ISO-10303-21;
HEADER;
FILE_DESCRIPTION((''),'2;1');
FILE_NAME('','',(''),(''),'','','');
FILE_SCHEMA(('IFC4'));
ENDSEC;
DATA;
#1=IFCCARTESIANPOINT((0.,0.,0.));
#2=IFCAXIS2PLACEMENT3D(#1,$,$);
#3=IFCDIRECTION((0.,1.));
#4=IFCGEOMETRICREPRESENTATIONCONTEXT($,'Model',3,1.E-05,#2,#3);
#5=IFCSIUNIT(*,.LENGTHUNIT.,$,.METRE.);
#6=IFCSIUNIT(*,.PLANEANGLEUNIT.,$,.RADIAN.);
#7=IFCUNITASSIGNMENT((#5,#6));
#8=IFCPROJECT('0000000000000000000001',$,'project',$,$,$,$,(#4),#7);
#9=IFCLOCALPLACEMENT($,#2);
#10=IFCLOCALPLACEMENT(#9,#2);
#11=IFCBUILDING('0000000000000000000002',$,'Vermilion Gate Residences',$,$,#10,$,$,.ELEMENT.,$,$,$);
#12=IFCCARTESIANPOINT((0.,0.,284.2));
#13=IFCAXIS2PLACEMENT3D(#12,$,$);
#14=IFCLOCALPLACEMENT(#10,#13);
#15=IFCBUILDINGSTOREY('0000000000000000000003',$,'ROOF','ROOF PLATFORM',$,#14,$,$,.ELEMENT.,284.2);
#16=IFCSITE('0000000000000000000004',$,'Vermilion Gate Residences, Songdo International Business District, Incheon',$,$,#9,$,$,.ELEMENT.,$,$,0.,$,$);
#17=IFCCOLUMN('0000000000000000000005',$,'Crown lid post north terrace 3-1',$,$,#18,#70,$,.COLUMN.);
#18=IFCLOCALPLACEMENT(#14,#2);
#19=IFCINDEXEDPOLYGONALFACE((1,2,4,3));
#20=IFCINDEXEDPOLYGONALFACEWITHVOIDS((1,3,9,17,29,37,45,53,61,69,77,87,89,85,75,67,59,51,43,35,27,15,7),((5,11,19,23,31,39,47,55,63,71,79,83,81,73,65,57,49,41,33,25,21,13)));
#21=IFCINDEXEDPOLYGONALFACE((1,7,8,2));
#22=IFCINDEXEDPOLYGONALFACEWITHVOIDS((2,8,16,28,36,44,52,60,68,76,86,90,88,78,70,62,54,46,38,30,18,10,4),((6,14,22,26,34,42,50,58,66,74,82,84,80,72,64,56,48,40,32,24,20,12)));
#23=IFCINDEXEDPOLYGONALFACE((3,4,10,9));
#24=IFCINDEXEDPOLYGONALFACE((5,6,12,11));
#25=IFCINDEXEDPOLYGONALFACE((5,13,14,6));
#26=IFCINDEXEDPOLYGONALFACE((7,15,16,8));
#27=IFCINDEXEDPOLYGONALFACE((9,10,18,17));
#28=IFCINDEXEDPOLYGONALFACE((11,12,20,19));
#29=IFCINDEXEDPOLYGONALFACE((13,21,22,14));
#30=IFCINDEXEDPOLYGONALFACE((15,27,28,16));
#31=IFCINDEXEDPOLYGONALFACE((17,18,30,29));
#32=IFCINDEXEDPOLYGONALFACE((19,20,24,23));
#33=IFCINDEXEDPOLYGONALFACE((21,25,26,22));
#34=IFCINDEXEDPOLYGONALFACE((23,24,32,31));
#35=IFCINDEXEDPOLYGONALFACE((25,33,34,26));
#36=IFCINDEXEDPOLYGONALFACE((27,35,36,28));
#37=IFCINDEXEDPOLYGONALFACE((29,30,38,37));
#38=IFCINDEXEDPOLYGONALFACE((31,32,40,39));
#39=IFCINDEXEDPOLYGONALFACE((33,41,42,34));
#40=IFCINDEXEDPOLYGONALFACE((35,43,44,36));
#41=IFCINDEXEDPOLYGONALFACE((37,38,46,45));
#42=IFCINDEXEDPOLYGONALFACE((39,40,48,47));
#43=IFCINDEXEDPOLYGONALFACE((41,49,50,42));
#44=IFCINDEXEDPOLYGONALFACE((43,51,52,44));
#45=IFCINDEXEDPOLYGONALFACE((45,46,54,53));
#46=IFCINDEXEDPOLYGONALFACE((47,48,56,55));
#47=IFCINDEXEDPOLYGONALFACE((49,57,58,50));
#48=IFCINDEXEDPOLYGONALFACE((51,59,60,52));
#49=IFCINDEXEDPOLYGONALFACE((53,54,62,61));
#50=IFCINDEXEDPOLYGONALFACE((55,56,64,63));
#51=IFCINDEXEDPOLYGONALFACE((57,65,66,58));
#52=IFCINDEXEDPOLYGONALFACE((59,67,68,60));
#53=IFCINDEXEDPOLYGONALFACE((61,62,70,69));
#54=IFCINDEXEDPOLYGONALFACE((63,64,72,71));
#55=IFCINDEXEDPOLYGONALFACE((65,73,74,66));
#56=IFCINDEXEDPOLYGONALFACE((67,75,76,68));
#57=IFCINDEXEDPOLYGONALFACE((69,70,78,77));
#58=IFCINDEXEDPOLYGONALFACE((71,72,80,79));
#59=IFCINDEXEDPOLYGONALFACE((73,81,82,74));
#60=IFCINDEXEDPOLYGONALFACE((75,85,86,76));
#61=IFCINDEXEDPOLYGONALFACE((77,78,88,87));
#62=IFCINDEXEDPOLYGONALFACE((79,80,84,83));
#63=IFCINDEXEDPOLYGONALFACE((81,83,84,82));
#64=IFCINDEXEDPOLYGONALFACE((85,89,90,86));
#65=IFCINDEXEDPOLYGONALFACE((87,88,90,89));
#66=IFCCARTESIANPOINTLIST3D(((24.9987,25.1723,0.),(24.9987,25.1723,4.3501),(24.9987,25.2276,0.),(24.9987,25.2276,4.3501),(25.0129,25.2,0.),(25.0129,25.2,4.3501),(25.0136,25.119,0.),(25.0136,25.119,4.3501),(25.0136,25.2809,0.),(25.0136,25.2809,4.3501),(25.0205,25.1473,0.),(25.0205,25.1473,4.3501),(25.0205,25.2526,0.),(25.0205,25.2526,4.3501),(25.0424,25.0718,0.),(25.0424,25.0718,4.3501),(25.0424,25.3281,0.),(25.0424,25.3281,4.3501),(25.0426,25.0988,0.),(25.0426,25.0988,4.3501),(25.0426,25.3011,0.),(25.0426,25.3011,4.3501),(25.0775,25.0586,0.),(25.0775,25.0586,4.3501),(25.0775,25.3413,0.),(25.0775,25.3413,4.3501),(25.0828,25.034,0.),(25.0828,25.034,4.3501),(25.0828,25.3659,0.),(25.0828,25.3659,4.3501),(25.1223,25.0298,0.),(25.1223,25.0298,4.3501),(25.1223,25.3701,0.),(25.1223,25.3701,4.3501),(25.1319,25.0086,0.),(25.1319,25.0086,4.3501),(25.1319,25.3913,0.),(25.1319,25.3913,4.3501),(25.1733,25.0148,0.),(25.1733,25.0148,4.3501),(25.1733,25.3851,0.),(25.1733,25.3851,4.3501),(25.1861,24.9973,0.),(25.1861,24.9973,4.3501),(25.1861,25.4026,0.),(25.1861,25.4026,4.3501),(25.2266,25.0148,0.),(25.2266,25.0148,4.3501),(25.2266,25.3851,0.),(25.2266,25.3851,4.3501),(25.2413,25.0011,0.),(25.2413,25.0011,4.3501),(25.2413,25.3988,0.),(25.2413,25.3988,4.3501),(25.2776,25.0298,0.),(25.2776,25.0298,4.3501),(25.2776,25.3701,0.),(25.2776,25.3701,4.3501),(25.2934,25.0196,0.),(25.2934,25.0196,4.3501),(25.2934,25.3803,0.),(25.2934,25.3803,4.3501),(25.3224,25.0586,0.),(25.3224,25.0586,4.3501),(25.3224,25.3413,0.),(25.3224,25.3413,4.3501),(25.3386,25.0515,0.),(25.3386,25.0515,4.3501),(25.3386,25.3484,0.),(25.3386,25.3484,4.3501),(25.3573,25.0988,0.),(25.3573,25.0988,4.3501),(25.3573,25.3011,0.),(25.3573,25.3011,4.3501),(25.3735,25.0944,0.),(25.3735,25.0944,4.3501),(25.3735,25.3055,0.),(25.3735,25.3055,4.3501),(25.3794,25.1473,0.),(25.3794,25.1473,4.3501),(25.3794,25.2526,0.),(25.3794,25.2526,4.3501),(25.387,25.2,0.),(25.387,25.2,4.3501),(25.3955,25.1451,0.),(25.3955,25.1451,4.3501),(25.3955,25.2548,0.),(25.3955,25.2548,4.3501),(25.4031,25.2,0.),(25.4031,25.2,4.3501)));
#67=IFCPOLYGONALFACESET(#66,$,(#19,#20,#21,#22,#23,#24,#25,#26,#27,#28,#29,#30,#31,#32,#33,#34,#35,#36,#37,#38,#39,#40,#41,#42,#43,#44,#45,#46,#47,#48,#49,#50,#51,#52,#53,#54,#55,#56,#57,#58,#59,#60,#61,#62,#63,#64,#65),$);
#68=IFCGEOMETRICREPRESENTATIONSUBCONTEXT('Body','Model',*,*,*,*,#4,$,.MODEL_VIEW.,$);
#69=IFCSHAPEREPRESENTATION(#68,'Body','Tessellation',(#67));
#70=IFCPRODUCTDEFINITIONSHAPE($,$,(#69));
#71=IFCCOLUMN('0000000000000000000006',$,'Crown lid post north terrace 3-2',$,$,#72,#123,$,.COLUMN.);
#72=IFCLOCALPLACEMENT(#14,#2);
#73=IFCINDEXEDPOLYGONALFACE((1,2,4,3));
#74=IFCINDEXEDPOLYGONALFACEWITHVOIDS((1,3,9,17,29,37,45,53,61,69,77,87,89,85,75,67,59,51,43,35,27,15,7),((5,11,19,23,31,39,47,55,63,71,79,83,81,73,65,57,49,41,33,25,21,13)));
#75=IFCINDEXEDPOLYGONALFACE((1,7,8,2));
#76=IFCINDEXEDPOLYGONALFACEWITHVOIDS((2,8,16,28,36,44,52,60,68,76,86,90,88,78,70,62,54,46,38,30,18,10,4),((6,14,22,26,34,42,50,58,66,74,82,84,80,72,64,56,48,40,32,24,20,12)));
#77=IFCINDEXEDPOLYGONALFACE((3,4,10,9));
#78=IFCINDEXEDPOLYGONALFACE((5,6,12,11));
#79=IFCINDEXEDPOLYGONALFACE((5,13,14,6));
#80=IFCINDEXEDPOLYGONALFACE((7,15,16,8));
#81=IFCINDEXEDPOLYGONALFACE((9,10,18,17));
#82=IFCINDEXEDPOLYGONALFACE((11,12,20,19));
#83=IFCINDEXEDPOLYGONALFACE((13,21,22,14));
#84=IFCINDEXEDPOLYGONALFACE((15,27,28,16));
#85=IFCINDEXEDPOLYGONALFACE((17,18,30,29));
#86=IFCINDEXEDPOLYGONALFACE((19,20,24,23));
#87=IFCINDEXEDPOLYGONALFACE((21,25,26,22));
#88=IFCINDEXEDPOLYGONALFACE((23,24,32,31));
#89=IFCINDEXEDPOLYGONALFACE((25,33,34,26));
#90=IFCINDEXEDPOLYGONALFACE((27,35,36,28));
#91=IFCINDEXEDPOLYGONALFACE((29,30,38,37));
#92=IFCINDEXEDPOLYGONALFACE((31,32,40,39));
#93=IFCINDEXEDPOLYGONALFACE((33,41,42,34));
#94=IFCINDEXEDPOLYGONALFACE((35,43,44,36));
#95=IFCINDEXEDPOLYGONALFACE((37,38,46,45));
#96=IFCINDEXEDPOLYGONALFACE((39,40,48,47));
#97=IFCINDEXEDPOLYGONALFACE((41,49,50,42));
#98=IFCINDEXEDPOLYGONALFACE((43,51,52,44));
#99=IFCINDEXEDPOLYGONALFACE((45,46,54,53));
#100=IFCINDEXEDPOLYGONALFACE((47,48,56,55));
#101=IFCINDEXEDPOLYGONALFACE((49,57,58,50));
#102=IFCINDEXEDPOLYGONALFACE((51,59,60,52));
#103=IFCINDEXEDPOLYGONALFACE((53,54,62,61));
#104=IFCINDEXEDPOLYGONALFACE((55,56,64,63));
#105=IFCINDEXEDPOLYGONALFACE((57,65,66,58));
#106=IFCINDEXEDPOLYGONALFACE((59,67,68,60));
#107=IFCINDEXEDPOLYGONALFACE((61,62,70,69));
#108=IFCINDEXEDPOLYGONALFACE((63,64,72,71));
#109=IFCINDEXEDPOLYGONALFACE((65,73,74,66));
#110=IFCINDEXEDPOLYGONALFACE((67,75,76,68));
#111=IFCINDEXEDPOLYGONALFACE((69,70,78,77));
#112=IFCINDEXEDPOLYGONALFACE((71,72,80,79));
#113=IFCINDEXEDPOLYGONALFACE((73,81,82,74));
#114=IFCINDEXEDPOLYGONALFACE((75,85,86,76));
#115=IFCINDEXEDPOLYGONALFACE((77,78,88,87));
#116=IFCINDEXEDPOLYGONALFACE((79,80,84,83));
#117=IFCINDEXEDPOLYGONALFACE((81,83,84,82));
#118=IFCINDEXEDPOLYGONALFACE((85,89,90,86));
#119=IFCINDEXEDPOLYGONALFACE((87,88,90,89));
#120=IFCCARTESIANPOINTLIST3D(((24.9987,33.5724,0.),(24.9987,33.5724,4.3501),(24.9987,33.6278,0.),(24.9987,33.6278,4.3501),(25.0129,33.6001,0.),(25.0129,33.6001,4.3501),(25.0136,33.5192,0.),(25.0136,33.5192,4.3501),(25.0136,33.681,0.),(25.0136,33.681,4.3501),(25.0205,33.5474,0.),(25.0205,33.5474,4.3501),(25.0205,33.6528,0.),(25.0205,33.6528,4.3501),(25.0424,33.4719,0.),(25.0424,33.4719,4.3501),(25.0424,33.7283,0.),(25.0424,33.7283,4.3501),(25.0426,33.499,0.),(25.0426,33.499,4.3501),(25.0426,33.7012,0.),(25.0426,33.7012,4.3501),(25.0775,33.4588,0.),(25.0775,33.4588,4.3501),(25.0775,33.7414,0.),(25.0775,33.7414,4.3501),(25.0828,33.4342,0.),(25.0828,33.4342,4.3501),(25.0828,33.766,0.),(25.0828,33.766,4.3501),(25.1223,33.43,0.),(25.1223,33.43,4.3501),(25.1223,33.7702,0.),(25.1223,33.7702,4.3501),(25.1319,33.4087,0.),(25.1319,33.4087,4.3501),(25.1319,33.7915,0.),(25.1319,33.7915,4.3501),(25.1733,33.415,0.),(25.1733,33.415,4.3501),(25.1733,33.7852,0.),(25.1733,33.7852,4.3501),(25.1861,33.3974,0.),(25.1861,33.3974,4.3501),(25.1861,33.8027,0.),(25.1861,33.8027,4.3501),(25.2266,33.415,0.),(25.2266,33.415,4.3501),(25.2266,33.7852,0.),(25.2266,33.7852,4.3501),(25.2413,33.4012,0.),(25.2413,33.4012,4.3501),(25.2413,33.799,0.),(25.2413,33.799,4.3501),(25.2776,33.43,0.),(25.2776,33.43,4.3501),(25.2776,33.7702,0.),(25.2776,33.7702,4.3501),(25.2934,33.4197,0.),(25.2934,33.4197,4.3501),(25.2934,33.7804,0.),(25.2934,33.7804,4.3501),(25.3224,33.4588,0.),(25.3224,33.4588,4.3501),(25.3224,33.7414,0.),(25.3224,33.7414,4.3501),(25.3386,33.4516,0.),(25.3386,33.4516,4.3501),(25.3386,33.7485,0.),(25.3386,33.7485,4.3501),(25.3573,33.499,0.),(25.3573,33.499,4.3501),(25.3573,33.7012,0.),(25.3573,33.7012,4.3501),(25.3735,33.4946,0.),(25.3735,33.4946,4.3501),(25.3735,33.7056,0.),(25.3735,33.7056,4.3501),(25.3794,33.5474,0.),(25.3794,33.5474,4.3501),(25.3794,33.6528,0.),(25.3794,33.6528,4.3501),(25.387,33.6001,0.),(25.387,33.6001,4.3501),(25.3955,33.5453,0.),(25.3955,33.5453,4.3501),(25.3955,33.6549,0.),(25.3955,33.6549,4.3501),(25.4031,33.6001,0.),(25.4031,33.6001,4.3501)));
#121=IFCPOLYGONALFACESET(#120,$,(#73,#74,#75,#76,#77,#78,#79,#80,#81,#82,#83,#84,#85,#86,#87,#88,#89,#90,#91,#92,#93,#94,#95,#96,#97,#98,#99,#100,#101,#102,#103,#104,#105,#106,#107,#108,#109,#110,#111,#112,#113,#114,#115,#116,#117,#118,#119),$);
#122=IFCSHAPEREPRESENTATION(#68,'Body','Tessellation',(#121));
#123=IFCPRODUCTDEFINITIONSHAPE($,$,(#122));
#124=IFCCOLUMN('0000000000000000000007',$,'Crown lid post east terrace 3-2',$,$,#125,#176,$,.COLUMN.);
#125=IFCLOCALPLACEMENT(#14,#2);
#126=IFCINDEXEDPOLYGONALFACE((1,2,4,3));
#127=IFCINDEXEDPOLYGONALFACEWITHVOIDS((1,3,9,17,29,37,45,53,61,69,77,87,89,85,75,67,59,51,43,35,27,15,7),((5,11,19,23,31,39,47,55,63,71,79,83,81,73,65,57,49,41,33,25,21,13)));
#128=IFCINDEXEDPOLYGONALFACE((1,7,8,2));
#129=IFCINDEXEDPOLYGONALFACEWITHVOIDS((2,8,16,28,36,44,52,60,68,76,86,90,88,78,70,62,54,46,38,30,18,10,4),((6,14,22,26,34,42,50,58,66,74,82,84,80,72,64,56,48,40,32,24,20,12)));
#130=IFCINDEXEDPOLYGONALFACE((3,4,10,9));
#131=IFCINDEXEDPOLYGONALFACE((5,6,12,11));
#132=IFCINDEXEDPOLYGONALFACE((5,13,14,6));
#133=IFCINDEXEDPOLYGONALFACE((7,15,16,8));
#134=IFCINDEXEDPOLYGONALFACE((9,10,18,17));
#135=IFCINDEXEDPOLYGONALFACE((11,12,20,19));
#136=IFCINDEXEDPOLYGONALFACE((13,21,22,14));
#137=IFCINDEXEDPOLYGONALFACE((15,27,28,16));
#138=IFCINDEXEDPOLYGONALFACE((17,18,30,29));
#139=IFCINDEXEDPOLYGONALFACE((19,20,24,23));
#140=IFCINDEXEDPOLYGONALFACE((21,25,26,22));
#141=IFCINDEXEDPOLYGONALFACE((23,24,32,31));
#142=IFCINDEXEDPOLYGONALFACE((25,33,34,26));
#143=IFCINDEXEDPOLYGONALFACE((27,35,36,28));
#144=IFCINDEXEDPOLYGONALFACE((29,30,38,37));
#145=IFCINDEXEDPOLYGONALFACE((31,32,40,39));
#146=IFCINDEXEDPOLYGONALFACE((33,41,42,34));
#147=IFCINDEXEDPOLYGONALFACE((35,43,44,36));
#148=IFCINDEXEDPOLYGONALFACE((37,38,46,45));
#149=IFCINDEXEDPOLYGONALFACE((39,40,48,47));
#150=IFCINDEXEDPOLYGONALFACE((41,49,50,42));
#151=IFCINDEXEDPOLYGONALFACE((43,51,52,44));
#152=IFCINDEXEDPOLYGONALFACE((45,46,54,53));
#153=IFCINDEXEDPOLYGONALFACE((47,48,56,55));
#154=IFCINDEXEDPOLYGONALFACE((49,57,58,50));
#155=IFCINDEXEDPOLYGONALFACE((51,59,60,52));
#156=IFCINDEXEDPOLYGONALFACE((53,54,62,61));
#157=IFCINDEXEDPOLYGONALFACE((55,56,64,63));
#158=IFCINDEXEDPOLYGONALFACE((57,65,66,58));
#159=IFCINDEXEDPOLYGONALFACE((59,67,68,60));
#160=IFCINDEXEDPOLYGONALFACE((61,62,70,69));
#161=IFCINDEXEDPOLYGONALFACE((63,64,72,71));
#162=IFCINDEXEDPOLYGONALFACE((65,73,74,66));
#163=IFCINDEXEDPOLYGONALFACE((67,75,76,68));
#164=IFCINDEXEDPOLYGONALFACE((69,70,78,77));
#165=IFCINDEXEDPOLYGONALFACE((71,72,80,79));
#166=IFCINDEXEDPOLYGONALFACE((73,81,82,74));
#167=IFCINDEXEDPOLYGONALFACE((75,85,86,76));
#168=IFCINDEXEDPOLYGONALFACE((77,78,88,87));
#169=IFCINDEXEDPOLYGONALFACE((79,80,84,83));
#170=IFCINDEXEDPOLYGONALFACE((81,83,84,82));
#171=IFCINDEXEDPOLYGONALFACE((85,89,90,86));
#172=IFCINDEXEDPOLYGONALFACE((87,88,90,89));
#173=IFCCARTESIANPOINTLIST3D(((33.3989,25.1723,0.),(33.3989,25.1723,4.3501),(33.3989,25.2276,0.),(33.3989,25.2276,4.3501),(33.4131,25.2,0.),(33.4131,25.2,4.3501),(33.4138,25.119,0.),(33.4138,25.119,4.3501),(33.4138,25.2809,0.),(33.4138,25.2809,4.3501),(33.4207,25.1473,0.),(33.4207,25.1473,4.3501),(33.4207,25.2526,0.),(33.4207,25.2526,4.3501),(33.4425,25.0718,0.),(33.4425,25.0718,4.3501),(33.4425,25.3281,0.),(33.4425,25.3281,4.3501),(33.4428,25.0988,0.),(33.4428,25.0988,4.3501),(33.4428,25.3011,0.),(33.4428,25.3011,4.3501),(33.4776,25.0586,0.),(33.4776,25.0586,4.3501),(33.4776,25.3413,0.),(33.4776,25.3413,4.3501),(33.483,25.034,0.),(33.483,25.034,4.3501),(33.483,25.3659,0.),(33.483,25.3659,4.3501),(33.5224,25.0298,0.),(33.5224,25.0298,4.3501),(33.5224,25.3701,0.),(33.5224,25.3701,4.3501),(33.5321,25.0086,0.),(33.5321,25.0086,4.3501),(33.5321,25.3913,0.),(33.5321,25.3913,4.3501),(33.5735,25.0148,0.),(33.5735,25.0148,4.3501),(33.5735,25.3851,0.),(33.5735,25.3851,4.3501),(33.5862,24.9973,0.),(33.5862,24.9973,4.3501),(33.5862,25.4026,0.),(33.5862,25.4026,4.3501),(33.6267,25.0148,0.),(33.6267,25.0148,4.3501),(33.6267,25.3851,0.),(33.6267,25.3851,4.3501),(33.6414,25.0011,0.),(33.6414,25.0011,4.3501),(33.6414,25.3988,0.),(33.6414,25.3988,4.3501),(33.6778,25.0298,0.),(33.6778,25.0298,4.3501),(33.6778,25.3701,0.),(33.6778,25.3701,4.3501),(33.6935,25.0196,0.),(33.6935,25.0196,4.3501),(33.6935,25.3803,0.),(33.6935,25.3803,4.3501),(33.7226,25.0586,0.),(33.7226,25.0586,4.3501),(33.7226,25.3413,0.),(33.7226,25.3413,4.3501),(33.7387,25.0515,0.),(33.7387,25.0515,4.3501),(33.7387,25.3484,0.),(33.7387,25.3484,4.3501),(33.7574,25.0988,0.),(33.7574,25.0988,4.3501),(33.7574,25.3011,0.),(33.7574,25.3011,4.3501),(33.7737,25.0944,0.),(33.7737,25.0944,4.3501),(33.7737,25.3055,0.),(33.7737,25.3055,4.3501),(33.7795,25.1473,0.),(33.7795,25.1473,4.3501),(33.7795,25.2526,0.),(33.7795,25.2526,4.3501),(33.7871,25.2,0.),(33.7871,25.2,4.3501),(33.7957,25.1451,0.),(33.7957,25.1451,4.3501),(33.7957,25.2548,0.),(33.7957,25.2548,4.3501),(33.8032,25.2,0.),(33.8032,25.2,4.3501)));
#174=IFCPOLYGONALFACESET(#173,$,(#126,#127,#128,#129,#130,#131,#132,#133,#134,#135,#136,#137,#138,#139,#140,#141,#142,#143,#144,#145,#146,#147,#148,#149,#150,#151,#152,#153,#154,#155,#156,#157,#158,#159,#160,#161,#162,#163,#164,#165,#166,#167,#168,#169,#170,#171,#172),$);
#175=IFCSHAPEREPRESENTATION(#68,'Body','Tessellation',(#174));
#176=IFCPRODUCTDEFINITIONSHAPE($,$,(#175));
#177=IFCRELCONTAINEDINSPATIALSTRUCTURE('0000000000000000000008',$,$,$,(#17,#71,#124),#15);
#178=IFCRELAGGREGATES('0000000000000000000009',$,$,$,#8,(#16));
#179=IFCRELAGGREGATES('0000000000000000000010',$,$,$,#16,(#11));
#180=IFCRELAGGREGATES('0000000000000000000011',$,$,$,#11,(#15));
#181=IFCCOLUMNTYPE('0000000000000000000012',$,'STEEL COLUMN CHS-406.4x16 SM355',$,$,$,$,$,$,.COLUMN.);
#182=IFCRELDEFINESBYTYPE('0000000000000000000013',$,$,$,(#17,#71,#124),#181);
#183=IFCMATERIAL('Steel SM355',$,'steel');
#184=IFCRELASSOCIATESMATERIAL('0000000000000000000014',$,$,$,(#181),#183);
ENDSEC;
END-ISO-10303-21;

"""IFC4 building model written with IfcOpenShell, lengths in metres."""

from ifc_helpers import new_model, si_unit, direction, frame, origin, origin_2d, place, context, subcontext, project, spatial, hollow_circle, extrude, material, material_profile, profile_set, type_object, element, save


model = new_model("IFC4")

# Units and contexts
model_context = context("Model", 3, precision=1e-05, world=origin(), true_north=direction((0.0, 1.0)))
body_context = subcontext(model_context, "Body", "Model", "MODEL_VIEW")
ifc_project = project(units=[si_unit("LENGTHUNIT", "METRE"), si_unit("PLANEANGLEUNIT", "RADIAN")], contexts=[model_context])

# Site, building, storey
site_placement = place(None, origin())
site = spatial("IfcSite", under=ifc_project, at=site_placement, Name="Vermilion Gate Residences, Songdo International Business District, Incheon", CompositionType="ELEMENT", RefElevation=0.0)
building_placement = place(site_placement, origin())
building = spatial("IfcBuilding", under=site, at=building_placement, Name="Vermilion Gate Residences", CompositionType="ELEMENT")
storey_placement = place(building_placement, frame((0.0, 0.0, 284.2)))
storey = spatial("IfcBuildingStorey", under=building, at=storey_placement, Name="ROOF", Description="ROOF PLATFORM", CompositionType="ELEMENT", Elevation=284.2)

# Columns
ifc_material_1 = material(Name="Steel SM355", Category="steel")
ifc_material_profile = material_profile(ifc_material_1, hollow_circle(Radius=0.2031, WallThickness=0.0161, at=origin_2d()), Name="CHS-406.4x16")
ifc_profile_set = profile_set([ifc_material_profile], Name="Steel SM355")
column_type = type_object("IfcColumnType", Name="STEEL COLUMN CHS-406.4x16 SM355", PredefinedType="COLUMN", material=ifc_profile_set)
for number, where, z_axis, x_axis, name in (
    (1, (25.2, 25.2, 0.0), (0.0, 0.0, 1.0), (1.0, 0.0, 0.0), "Crown lid post north terrace 3-1"),
    (2, (25.2, 33.6001, 0.0), (0.0, 0.0, 1.0), (1.0, 0.0, 0.0), "Crown lid post north terrace 3-2"),
    (3, (33.6001, 25.2, 0.0), (0.0, 0.0, 1.0), (1.0, 0.0, 0.0), "Crown lid post east terrace 3-2"),
):
    element("IfcColumn", number, at=place(storey_placement, frame(where, z_axis=z_axis, x_axis=x_axis)), inside=storey, type_object=column_type, Name=name, PredefinedType="COLUMN", context=body_context, shape_type="SweptSolid", body=[
        extrude(hollow_circle(Radius=0.2031, WallThickness=0.0161, at=origin_2d()), origin(), (0.0, 0.0, 1.0), 4.3501),
    ])

save(model, "model.ifc")
